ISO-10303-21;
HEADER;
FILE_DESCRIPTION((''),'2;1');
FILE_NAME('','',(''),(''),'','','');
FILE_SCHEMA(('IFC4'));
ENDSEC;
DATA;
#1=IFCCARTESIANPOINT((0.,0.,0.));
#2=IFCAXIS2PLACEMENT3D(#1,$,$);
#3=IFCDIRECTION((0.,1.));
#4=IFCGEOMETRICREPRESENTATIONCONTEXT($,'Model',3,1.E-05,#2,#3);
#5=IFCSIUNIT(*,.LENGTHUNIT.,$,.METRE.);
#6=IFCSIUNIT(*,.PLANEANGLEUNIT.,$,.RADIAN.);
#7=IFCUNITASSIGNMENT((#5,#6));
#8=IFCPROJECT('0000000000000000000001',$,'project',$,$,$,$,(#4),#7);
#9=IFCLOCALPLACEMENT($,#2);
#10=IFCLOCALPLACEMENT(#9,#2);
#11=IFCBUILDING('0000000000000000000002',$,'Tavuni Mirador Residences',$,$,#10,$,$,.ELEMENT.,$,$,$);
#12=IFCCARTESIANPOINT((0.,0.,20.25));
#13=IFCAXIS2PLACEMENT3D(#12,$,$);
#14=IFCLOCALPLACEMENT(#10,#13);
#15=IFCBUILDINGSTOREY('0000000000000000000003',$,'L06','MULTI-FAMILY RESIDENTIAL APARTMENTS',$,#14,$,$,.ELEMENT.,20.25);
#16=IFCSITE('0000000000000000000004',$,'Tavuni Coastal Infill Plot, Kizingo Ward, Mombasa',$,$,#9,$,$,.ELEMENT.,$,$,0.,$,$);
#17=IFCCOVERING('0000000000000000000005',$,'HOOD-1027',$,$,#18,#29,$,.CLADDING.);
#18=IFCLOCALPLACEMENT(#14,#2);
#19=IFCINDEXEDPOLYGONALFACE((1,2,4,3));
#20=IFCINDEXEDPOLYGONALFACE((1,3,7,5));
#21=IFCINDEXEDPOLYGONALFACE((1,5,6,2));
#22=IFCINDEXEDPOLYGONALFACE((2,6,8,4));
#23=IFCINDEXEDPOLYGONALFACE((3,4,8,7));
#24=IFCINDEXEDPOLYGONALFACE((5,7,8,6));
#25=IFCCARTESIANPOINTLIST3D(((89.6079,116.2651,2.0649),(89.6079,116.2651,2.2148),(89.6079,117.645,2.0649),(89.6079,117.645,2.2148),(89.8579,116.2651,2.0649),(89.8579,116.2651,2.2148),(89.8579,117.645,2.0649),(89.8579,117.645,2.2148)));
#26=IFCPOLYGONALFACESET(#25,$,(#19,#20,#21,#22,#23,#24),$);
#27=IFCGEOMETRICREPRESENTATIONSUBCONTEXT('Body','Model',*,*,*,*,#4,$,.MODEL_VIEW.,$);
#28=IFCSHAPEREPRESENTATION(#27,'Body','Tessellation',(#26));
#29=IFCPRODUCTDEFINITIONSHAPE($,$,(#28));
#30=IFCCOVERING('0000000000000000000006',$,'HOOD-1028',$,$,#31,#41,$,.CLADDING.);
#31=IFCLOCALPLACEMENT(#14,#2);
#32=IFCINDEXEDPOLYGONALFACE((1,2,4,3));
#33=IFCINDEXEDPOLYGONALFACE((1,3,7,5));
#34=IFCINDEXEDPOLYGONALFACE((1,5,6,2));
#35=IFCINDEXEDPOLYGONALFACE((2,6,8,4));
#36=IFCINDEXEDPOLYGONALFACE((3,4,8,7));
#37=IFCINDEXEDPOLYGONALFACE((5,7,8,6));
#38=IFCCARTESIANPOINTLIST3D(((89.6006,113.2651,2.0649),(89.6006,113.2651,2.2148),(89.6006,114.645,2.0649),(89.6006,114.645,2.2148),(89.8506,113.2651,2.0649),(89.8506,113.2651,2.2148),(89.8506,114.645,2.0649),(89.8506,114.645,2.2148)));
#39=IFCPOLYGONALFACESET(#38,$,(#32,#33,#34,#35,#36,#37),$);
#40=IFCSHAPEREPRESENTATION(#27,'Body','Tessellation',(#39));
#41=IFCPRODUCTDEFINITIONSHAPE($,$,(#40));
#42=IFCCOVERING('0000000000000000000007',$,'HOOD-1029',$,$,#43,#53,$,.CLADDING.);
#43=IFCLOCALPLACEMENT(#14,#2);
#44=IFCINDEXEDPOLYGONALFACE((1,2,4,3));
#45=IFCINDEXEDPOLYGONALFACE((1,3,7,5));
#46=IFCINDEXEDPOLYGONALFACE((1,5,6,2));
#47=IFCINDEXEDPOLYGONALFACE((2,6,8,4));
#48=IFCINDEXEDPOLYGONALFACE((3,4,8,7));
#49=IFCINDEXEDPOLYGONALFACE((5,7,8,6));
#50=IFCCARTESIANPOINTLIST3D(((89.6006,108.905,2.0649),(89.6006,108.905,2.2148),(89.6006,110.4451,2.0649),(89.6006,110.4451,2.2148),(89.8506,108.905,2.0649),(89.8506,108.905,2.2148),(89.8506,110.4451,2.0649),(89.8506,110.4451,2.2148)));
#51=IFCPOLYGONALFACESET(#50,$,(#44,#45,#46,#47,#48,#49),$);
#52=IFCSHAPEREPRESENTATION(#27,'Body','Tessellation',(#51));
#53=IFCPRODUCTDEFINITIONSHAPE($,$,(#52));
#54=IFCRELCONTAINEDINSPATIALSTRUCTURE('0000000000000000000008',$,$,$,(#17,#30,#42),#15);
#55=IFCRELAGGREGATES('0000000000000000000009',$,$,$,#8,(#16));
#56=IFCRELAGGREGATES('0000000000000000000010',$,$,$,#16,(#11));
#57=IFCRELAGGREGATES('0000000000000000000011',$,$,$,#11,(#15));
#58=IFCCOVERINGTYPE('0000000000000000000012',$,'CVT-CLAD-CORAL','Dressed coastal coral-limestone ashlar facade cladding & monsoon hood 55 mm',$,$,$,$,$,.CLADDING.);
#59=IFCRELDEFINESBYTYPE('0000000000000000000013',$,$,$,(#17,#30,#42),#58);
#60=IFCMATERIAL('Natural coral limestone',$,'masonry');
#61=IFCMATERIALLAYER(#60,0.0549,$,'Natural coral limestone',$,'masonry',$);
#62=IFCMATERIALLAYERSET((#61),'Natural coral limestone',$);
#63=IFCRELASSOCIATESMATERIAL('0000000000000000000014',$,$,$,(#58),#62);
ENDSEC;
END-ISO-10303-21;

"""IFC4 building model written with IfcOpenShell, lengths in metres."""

from ifc_helpers import new_model, si_unit, direction, frame, origin, origin_2d, place, context, subcontext, project, spatial, rectangle, extrude, material, layer, layer_set, type_object, element, save


model = new_model("IFC4")

# Units and contexts
model_context = context("Model", 3, precision=1e-05, world=origin(), true_north=direction((0.0, 1.0)))
body_context = subcontext(model_context, "Body", "Model", "MODEL_VIEW")
ifc_project = project(units=[si_unit("LENGTHUNIT", "METRE"), si_unit("PLANEANGLEUNIT", "RADIAN")], contexts=[model_context])

# Site, building, storey
site_placement = place(None, origin())
site = spatial("IfcSite", under=ifc_project, at=site_placement, Name="Tavuni Coastal Infill Plot, Kizingo Ward, Mombasa", CompositionType="ELEMENT", RefElevation=0.0)
building_placement = place(site_placement, origin())
building = spatial("IfcBuilding", under=site, at=building_placement, Name="Tavuni Mirador Residences", CompositionType="ELEMENT")
storey_placement = place(building_placement, frame((0.0, 0.0, 20.25)))
storey = spatial("IfcBuildingStorey", under=building, at=storey_placement, Name="L06", Description="MULTI-FAMILY RESIDENTIAL APARTMENTS", CompositionType="ELEMENT", Elevation=20.25)

# Coverings
ifc_material_1 = material(Name="Natural coral limestone", Category="masonry")
ifc_layer_1 = layer(ifc_material_1, 0.0549, Name="Natural coral limestone", Category="masonry")
ifc_layer_set_1 = layer_set([ifc_layer_1], Name="Natural coral limestone")
covering_type = type_object("IfcCoveringType", Name="CVT-CLAD-CORAL", Description="Dressed coastal coral-limestone ashlar facade cladding & monsoon hood 55 mm", PredefinedType="CLADDING", material=ifc_layer_set_1)
for number, where, z_axis, x_axis, name in (
    (1, (89.7329, 116.9551, 2.0649), (0.0, 0.0, 1.0), (0.0, -1.0, 0.0), "HOOD-1027"),
    (2, (89.7256, 113.9551, 2.0649), (0.0, 0.0, 1.0), (0.0, -1.0, 0.0), "HOOD-1028"),
):
    element("IfcCovering", number, at=place(storey_placement, frame(where, z_axis=z_axis, x_axis=x_axis)), inside=storey, type_object=covering_type, Name=name, PredefinedType="CLADDING", context=body_context, shape_type="SweptSolid", body=[
        extrude(rectangle(XDim=1.3799, YDim=0.25, at=origin_2d()), origin(), (0.0, 0.0, 1.0), 0.1499),
    ])
covering_placement = place(storey_placement, frame((89.7256, 109.675, 2.0649), z_axis=(0.0, 0.0, 1.0), x_axis=(0.0, -1.0, 0.0)))
element("IfcCovering", 3, at=covering_placement, inside=storey, type_object=covering_type, Name="HOOD-1029", PredefinedType="CLADDING", context=body_context, shape_type="SweptSolid", body=[
    extrude(rectangle(XDim=1.54, YDim=0.25, at=origin_2d()), origin(), (0.0, 0.0, 1.0), 0.1499),
])

save(model, "model.ifc")
